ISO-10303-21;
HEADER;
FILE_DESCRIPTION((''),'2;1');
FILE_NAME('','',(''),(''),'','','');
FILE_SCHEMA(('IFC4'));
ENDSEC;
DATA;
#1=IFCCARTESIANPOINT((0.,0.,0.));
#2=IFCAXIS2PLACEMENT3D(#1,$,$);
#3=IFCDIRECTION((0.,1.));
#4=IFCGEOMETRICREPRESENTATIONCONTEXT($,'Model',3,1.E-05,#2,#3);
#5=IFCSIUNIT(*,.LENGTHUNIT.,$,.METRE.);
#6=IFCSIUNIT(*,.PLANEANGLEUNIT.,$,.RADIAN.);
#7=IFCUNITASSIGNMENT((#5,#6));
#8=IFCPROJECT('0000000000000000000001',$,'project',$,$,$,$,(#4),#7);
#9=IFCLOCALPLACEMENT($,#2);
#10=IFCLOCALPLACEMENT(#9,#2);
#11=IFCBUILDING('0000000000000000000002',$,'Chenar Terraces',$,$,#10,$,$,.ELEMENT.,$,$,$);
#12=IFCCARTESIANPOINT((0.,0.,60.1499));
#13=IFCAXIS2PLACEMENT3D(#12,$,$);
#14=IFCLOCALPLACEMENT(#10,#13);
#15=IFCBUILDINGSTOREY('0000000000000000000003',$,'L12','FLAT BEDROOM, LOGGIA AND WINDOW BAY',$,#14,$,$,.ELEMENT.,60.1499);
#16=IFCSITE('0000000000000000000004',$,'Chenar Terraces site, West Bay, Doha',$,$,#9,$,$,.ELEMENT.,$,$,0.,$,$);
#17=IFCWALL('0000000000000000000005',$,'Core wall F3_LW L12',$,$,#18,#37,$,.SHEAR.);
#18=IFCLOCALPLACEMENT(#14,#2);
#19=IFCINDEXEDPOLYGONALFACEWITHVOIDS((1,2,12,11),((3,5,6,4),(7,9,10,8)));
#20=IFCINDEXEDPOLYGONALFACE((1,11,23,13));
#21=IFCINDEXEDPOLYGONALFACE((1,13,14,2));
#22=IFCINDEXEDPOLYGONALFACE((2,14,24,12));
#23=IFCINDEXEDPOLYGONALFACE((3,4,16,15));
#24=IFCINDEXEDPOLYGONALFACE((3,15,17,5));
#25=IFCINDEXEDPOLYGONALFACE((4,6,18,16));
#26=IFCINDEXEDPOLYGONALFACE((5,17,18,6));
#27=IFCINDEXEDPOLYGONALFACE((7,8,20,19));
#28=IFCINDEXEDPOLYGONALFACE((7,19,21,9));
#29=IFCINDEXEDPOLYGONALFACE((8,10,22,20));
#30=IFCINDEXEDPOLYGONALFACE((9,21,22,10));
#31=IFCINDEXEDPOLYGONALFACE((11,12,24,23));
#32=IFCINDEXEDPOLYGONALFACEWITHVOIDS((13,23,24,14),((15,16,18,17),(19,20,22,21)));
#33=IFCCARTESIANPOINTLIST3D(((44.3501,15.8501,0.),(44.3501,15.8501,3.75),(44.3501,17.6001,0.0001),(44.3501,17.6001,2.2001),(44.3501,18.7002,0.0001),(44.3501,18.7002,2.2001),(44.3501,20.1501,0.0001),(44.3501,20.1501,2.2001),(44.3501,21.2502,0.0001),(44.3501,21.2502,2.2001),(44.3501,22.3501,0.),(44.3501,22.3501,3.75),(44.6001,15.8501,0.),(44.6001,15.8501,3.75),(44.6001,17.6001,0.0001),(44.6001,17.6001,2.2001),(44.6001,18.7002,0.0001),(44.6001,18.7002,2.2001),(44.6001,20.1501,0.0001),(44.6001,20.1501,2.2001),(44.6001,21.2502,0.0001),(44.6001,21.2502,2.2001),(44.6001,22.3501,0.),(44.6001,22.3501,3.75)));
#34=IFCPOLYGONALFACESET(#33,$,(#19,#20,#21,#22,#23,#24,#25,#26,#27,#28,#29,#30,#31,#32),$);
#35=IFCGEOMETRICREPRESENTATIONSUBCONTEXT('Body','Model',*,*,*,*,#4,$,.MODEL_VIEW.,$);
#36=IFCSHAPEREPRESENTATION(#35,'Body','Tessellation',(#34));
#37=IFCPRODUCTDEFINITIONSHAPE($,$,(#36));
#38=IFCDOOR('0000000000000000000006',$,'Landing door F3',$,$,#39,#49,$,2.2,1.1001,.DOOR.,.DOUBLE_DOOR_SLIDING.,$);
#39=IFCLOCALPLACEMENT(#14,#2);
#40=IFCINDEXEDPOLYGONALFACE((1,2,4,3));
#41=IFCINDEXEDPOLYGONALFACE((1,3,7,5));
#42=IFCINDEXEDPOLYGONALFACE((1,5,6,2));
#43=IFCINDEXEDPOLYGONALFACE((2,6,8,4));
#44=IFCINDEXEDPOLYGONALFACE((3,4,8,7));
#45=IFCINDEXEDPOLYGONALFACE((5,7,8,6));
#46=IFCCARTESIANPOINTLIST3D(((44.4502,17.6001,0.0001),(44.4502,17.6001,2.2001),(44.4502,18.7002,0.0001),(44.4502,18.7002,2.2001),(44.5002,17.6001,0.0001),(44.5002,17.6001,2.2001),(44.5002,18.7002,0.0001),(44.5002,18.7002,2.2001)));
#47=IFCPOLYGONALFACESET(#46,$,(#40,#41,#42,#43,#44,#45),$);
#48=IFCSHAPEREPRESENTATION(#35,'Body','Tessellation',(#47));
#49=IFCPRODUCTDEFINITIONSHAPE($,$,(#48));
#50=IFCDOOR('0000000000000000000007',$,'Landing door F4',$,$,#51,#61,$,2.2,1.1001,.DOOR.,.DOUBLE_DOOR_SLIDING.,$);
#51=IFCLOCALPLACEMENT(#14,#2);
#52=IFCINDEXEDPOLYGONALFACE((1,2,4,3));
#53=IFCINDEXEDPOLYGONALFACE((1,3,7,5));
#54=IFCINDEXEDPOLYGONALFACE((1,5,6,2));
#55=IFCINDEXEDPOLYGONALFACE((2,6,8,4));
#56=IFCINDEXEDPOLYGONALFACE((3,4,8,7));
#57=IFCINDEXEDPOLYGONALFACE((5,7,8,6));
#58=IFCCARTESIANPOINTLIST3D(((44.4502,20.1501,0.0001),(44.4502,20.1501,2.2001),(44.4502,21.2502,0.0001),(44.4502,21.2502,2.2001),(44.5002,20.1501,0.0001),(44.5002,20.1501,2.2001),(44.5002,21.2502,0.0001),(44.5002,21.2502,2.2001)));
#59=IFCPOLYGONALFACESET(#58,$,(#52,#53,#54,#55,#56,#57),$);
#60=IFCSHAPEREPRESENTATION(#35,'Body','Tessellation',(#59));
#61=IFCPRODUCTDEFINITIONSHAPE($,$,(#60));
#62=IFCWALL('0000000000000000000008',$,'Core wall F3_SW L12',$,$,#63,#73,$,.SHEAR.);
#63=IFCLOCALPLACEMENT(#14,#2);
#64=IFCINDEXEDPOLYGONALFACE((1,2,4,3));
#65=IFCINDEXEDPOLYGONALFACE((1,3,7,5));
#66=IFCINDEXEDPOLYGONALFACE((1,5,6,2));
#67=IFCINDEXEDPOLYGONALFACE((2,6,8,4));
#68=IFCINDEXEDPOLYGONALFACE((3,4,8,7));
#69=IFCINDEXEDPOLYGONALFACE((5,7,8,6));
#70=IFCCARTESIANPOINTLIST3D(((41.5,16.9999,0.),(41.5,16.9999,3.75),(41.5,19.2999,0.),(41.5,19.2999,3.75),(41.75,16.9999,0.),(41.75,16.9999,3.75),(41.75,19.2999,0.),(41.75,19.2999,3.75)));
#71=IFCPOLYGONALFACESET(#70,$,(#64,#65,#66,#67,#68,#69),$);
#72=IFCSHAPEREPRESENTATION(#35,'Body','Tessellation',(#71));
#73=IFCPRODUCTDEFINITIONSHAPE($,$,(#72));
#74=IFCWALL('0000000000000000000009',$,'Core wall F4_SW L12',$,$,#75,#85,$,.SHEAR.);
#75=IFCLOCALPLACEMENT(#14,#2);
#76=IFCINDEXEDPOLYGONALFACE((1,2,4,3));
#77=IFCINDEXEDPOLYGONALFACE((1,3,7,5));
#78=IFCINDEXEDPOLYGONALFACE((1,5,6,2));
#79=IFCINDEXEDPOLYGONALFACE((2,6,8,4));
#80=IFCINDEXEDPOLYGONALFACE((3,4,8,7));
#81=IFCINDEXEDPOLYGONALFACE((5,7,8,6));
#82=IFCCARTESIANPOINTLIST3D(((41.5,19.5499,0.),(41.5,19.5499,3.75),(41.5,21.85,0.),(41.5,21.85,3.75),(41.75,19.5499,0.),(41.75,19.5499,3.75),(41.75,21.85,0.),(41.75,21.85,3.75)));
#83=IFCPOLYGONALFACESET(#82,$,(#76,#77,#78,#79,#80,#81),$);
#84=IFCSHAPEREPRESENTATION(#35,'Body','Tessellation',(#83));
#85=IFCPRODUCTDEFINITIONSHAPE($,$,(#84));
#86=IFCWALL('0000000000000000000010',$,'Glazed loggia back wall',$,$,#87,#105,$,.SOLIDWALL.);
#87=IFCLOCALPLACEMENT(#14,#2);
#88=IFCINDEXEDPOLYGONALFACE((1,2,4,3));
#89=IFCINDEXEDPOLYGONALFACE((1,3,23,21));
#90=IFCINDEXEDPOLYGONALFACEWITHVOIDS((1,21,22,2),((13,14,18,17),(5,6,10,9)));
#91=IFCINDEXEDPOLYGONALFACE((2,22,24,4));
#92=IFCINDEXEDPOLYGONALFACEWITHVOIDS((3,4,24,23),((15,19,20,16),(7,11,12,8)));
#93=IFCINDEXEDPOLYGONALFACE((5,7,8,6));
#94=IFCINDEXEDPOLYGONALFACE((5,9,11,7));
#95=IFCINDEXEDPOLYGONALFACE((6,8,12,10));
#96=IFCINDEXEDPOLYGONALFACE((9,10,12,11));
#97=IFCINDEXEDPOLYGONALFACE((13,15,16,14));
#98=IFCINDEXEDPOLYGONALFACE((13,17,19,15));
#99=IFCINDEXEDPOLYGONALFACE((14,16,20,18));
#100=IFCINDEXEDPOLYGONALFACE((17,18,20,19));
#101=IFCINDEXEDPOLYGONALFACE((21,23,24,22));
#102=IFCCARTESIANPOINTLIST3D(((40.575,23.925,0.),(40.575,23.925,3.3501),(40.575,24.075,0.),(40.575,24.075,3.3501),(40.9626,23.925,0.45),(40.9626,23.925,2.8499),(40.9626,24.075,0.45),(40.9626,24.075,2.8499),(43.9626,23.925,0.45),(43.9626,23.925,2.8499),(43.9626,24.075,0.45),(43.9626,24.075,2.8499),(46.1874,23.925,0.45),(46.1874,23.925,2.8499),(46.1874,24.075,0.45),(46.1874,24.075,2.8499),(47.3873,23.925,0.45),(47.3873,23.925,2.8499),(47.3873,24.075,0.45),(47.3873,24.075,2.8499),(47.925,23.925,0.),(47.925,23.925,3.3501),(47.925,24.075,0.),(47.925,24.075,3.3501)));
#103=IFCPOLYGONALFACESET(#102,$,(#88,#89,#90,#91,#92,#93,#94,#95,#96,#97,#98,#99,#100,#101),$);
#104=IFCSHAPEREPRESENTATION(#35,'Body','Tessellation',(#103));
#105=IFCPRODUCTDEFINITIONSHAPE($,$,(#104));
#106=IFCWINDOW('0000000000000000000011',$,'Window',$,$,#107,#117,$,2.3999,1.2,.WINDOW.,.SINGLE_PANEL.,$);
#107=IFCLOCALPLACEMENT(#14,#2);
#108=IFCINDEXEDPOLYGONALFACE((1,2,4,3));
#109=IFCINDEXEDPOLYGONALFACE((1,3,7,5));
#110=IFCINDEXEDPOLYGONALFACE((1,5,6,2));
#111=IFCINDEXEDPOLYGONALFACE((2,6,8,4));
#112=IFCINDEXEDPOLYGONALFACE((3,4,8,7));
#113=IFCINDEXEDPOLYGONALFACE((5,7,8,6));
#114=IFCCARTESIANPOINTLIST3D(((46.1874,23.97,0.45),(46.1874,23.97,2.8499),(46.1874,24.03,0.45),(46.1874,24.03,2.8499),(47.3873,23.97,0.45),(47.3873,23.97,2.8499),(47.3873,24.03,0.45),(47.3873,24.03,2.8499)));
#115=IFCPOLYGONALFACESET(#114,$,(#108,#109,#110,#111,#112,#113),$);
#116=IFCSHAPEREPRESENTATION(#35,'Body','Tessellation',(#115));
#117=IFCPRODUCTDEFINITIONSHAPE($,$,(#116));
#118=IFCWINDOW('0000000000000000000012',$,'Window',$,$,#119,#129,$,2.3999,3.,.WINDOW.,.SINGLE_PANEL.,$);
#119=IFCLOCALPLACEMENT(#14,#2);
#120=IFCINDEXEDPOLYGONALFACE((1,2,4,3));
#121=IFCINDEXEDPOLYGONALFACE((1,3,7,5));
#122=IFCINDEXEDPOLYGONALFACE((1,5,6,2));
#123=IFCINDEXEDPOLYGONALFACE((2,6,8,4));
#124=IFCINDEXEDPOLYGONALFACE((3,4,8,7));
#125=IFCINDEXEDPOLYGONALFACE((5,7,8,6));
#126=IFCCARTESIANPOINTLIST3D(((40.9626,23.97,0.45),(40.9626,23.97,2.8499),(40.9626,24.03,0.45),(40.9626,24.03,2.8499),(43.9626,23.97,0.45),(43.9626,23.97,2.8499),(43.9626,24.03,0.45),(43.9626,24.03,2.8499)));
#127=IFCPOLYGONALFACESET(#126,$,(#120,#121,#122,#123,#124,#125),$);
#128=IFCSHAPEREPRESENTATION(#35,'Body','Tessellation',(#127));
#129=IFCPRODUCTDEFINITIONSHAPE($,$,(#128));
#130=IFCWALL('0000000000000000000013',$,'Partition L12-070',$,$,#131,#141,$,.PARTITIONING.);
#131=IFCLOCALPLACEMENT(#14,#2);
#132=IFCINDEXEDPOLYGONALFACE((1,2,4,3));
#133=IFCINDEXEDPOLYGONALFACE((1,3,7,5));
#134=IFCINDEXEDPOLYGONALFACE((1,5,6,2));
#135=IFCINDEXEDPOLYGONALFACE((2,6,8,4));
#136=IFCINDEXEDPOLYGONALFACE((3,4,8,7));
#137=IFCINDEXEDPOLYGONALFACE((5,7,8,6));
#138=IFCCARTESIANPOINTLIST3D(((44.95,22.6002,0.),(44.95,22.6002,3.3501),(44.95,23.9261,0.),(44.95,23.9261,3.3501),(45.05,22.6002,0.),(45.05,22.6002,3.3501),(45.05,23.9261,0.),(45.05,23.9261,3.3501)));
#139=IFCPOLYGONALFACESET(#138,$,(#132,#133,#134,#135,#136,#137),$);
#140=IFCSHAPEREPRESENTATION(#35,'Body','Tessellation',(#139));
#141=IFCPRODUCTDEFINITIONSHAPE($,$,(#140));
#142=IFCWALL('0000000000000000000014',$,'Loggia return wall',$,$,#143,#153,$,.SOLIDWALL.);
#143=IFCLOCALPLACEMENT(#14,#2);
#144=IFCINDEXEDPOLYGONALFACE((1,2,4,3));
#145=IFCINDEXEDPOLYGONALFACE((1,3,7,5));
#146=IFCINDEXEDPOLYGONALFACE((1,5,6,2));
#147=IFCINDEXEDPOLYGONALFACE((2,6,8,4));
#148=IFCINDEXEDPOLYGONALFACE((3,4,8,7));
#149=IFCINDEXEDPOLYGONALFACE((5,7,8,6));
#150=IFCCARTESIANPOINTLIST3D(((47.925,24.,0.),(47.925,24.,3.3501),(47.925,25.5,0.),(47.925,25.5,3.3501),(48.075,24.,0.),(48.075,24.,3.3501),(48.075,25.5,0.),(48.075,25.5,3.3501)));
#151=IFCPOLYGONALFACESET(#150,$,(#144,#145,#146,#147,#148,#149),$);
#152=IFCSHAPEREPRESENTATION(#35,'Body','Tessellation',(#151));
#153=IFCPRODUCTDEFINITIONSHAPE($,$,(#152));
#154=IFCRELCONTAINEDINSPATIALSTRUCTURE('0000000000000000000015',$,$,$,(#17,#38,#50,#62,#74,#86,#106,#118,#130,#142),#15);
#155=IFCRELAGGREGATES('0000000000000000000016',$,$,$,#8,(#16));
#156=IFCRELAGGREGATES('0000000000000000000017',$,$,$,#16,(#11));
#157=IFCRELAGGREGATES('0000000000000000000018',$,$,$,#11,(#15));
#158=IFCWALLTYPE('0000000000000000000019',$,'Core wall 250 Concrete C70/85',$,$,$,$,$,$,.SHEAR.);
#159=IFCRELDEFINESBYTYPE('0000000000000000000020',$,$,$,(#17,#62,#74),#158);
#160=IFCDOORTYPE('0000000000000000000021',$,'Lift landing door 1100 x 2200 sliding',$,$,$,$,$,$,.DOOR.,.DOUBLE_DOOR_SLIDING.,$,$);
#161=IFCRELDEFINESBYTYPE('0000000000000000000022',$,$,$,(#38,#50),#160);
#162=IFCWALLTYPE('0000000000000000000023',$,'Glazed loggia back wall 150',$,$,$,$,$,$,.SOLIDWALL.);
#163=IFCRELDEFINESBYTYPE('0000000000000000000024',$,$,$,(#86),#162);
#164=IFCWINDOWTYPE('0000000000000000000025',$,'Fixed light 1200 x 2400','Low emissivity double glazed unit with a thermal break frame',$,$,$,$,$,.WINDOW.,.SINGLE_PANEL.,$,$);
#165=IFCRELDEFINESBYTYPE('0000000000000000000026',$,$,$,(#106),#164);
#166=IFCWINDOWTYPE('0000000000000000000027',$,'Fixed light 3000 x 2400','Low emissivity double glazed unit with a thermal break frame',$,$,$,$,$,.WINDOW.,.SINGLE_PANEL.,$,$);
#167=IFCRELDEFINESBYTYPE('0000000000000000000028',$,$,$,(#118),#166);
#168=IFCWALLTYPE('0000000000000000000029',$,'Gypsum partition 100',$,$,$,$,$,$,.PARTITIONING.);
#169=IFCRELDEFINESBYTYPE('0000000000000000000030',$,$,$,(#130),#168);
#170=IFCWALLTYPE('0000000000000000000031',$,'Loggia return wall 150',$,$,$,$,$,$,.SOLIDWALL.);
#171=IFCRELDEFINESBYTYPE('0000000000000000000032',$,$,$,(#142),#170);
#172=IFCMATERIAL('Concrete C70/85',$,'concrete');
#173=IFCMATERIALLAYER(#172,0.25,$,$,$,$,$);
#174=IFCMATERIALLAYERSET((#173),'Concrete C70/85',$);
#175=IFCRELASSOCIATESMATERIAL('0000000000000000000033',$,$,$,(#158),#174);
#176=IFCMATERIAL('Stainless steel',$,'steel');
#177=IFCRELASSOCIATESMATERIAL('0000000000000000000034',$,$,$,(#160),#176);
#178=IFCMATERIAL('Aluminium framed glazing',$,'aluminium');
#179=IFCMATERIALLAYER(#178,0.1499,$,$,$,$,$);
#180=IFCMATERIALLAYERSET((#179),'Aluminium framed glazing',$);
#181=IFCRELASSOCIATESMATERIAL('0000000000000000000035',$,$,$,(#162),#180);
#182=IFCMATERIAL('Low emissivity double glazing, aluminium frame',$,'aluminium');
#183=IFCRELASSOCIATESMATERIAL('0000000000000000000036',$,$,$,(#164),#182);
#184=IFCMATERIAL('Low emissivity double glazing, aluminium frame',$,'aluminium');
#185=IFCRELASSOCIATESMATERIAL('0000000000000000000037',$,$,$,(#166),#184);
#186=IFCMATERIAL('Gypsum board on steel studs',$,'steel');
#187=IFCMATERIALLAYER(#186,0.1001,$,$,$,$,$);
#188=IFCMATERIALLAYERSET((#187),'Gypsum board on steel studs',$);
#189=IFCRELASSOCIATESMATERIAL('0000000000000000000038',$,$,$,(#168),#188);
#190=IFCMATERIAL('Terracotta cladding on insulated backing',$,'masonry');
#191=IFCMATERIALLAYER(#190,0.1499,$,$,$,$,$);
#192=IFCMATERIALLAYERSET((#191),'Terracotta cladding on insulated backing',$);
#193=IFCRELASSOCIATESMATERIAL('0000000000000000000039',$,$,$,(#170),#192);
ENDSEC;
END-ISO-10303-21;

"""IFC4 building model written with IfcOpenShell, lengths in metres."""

from ifc_helpers import new_model, si_unit, direction, frame, frame_2d, origin, place, context, subcontext, project, spatial, rectangle, extrude, material, layer, layer_set, type_object, element, fill, save


model = new_model("IFC4")

# Units and contexts
model_context = context("Model", 3, precision=1e-05, world=origin(), true_north=direction((0.0, 1.0)))
body_context = subcontext(model_context, "Body", "Model", "MODEL_VIEW")
ifc_project = project(units=[si_unit("LENGTHUNIT", "METRE"), si_unit("PLANEANGLEUNIT", "RADIAN")], contexts=[model_context])

# Site, building, storey
site_placement = place(None, origin())
site = spatial("IfcSite", under=ifc_project, at=site_placement, Name="Chenar Terraces site, West Bay, Doha", CompositionType="ELEMENT", RefElevation=0.0)
building_placement = place(site_placement, origin())
building = spatial("IfcBuilding", under=site, at=building_placement, Name="Chenar Terraces", CompositionType="ELEMENT")
storey_placement = place(building_placement, frame((0.0, 0.0, 60.1499)))
storey = spatial("IfcBuildingStorey", under=building, at=storey_placement, Name="L12", Description="FLAT BEDROOM, LOGGIA AND WINDOW BAY", CompositionType="ELEMENT", Elevation=60.1499)

# Shared definitions
ifc_material_1 = material(Name="Concrete C70/85", Category="concrete")
ifc_layer_1 = layer(ifc_material_1, 0.25)
ifc_layer_set_1 = layer_set([ifc_layer_1], Name="Concrete C70/85")
wall_type_1 = type_object("IfcWallType", Name="Core wall 250 Concrete C70/85", PredefinedType="SHEAR", material=ifc_layer_set_1)

# Wall, openings, doors
wall_1_placement = place(storey_placement, frame((44.4751, 15.8501, 0.0), z_axis=(0.0, 0.0, 1.0), x_axis=(0.0, 1.0, 0.0)))
wall_1 = element("IfcWall", 1, at=wall_1_placement, inside=storey, type_object=wall_type_1, Name="Core wall F3_LW L12", PredefinedType="SHEAR", context=body_context, shape_type="SweptSolid", body=[
    extrude(rectangle(XDim=6.5, YDim=0.25, at=frame_2d((3.25, 0.0))), origin(), (0.0, 0.0, 1.0), 3.75),
])
opening_1_placement = place(wall_1_placement, frame((1.75, 0.0, 0.0)))
opening_1 = element("IfcOpeningElement", 2, at=opening_1_placement, cuts=wall_1, PredefinedType="OPENING", context=body_context, shape_type="SweptSolid", body=[
    extrude(rectangle(XDim=1.1001, YDim=2.2, at=frame_2d((0.55, 1.1001))), frame((0.0, 0.135, 0.0), z_axis=(0.0, -1.0, 0.0), x_axis=(1.0, 0.0, 0.0)), (0.0, 0.0, 1.0), 0.27),
])
opening_2_placement = place(wall_1_placement, frame((4.3, 0.0, 0.0)))
opening_2 = element("IfcOpeningElement", 3, at=opening_2_placement, cuts=wall_1, PredefinedType="OPENING", context=body_context, shape_type="SweptSolid", body=[
    extrude(rectangle(XDim=1.1001, YDim=2.2, at=frame_2d((0.55, 1.1001))), frame((0.0, 0.135, 0.0), z_axis=(0.0, -1.0, 0.0), x_axis=(1.0, 0.0, 0.0)), (0.0, 0.0, 1.0), 0.27),
])
ifc_material_2 = material(Name="Stainless steel", Category="steel")
door_type_1 = type_object("IfcDoorType", Name="Lift landing door 1100 x 2200 sliding", OperationType="DOUBLE_DOOR_SLIDING", PredefinedType="DOOR", material=ifc_material_2)
door_1_placement = place(opening_1_placement, origin())
door_1 = element("IfcDoor", 4, at=door_1_placement, inside=storey, type_object=door_type_1, Name="Landing door F3", OperationType="DOUBLE_DOOR_SLIDING", OverallHeight=2.2, OverallWidth=1.1001, PredefinedType="DOOR", context=body_context, shape_type="SweptSolid", body=[
    extrude(rectangle(XDim=1.1001, YDim=2.2, at=frame_2d((0.55, 1.1001))), frame((0.0, 0.0249, 0.0), z_axis=(0.0, -1.0, 0.0), x_axis=(1.0, 0.0, 0.0)), (0.0, 0.0, 1.0), 0.05),
])
fill(opening_1, door_1)
door_2_placement = place(opening_2_placement, origin())
door_2 = element("IfcDoor", 5, at=door_2_placement, inside=storey, type_object=door_type_1, Name="Landing door F4", OperationType="DOUBLE_DOOR_SLIDING", OverallHeight=2.2, OverallWidth=1.1001, PredefinedType="DOOR", context=body_context, shape_type="SweptSolid", body=[
    extrude(rectangle(XDim=1.1001, YDim=2.2, at=frame_2d((0.55, 1.1001))), frame((0.0, 0.0249, 0.0), z_axis=(0.0, -1.0, 0.0), x_axis=(1.0, 0.0, 0.0)), (0.0, 0.0, 1.0), 0.05),
])
fill(opening_2, door_2)

# Walls
for number, where, z_axis, x_axis, name in (
    (6, (41.625, 17.0, 0.0), (0.0, 0.0, 1.0), (0.0, 1.0, 0.0), "Core wall F3_SW L12"),
    (7, (41.625, 19.55, 0.0), (0.0, 0.0, 1.0), (0.0, 1.0, 0.0), "Core wall F4_SW L12"),
):
    element("IfcWall", number, at=place(storey_placement, frame(where, z_axis=z_axis, x_axis=x_axis)), inside=storey, type_object=wall_type_1, Name=name, PredefinedType="SHEAR", context=body_context, shape_type="SweptSolid", body=[
        extrude(rectangle(XDim=2.3, YDim=0.25, at=frame_2d((1.1499, 0.0))), origin(), (0.0, 0.0, 1.0), 3.75),
    ])

# Wall, openings, windows
ifc_material_3 = material(Name="Aluminium framed glazing", Category="aluminium")
ifc_layer_2 = layer(ifc_material_3, 0.1499)
ifc_layer_set_2 = layer_set([ifc_layer_2], Name="Aluminium framed glazing")
wall_type_2 = type_object("IfcWallType", Name="Glazed loggia back wall 150", PredefinedType="SOLIDWALL", material=ifc_layer_set_2)
wall_2_placement = place(storey_placement, frame((47.925, 24.0, 0.0), z_axis=(0.0, 0.0, 1.0), x_axis=(-1.0, 0.0, 0.0)))
wall_2 = element("IfcWall", 8, at=wall_2_placement, inside=storey, type_object=wall_type_2, Name="Glazed loggia back wall", PredefinedType="SOLIDWALL", context=body_context, shape_type="SweptSolid", body=[
    extrude(rectangle(XDim=7.3501, YDim=0.1499, at=frame_2d((3.675, 0.0))), origin(), (0.0, 0.0, 1.0), 3.3501),
])
opening_3_placement = place(wall_2_placement, frame((0.5376, 0.0, 0.45)))
opening_3 = element("IfcOpeningElement", 9, at=opening_3_placement, cuts=wall_2, PredefinedType="OPENING", context=body_context, shape_type="SweptSolid", body=[
    extrude(rectangle(XDim=1.2, YDim=2.3999, at=frame_2d((0.6001, 1.2))), frame((0.0, 0.085, 0.0), z_axis=(0.0, -1.0, 0.0), x_axis=(1.0, 0.0, 0.0)), (0.0, 0.0, 1.0), 0.1699),
])
opening_4_placement = place(wall_2_placement, frame((3.9624, 0.0, 0.45)))
opening_4 = element("IfcOpeningElement", 10, at=opening_4_placement, cuts=wall_2, PredefinedType="OPENING", context=body_context, shape_type="SweptSolid", body=[
    extrude(rectangle(XDim=3.0, YDim=2.3999, at=frame_2d((1.5, 1.2))), frame((0.0, 0.085, 0.0), z_axis=(0.0, -1.0, 0.0), x_axis=(1.0, 0.0, 0.0)), (0.0, 0.0, 1.0), 0.1699),
])
ifc_material_4 = material(Name="Low emissivity double glazing, aluminium frame", Category="aluminium")
window_type_1 = type_object("IfcWindowType", Name="Fixed light 1200 x 2400", Description="Low emissivity double glazed unit with a thermal break frame", PartitioningType="SINGLE_PANEL", PredefinedType="WINDOW", material=ifc_material_4)
window_1_placement = place(opening_3_placement, origin())
window_1 = element("IfcWindow", 11, at=window_1_placement, inside=storey, type_object=window_type_1, Name="Window", OverallHeight=2.3999, OverallWidth=1.2, PartitioningType="SINGLE_PANEL", PredefinedType="WINDOW", context=body_context, shape_type="SweptSolid", body=[
    extrude(rectangle(XDim=1.2, YDim=2.3999, at=frame_2d((0.6001, 1.2))), frame((0.0, 0.03, 0.0), z_axis=(0.0, -1.0, 0.0), x_axis=(1.0, 0.0, 0.0)), (0.0, 0.0, 1.0), 0.0601),
])
fill(opening_3, window_1)
ifc_material_5 = material(Name="Low emissivity double glazing, aluminium frame", Category="aluminium")
window_type_2 = type_object("IfcWindowType", Name="Fixed light 3000 x 2400", Description="Low emissivity double glazed unit with a thermal break frame", PartitioningType="SINGLE_PANEL", PredefinedType="WINDOW", material=ifc_material_5)
window_2_placement = place(opening_4_placement, origin())
window_2 = element("IfcWindow", 12, at=window_2_placement, inside=storey, type_object=window_type_2, Name="Window", OverallHeight=2.3999, OverallWidth=3.0, PartitioningType="SINGLE_PANEL", PredefinedType="WINDOW", context=body_context, shape_type="SweptSolid", body=[
    extrude(rectangle(XDim=3.0, YDim=2.3999, at=frame_2d((1.5, 1.2))), frame((0.0, 0.03, 0.0), z_axis=(0.0, -1.0, 0.0), x_axis=(1.0, 0.0, 0.0)), (0.0, 0.0, 1.0), 0.0601),
])
fill(opening_4, window_2)

# Walls
ifc_material_6 = material(Name="Gypsum board on steel studs", Category="steel")
ifc_layer_3 = layer(ifc_material_6, 0.1001)
ifc_layer_set_3 = layer_set([ifc_layer_3], Name="Gypsum board on steel studs")
wall_type_3 = type_object("IfcWallType", Name="Gypsum partition 100", PredefinedType="PARTITIONING", material=ifc_layer_set_3)
wall_3_placement = place(storey_placement, frame((45.0, 22.6001, 0.0), z_axis=(0.0, 0.0, 1.0), x_axis=(0.0, 1.0, 0.0)))
element("IfcWall", 13, at=wall_3_placement, inside=storey, type_object=wall_type_3, Name="Partition L12-070", PredefinedType="PARTITIONING", context=body_context, shape_type="SweptSolid", body=[
    extrude(rectangle(XDim=1.3259, YDim=0.1001, at=frame_2d((0.6631, 0.0))), origin(), (0.0, 0.0, 1.0), 3.3501),
])
ifc_material_7 = material(Name="Terracotta cladding on insulated backing", Category="masonry")
ifc_layer_4 = layer(ifc_material_7, 0.1499)
ifc_layer_set_4 = layer_set([ifc_layer_4], Name="Terracotta cladding on insulated backing")
wall_type_4 = type_object("IfcWallType", Name="Loggia return wall 150", PredefinedType="SOLIDWALL", material=ifc_layer_set_4)
wall_4_placement = place(storey_placement, frame((48.0, 25.5, 0.0), z_axis=(0.0, 0.0, 1.0), x_axis=(0.0, -1.0, 0.0)))
element("IfcWall", 14, at=wall_4_placement, inside=storey, type_object=wall_type_4, Name="Loggia return wall", PredefinedType="SOLIDWALL", context=body_context, shape_type="SweptSolid", body=[
    extrude(rectangle(XDim=1.5, YDim=0.1499, at=frame_2d((0.75, 0.0))), origin(), (0.0, 0.0, 1.0), 3.3501),
])

save(model, "model.ifc")
